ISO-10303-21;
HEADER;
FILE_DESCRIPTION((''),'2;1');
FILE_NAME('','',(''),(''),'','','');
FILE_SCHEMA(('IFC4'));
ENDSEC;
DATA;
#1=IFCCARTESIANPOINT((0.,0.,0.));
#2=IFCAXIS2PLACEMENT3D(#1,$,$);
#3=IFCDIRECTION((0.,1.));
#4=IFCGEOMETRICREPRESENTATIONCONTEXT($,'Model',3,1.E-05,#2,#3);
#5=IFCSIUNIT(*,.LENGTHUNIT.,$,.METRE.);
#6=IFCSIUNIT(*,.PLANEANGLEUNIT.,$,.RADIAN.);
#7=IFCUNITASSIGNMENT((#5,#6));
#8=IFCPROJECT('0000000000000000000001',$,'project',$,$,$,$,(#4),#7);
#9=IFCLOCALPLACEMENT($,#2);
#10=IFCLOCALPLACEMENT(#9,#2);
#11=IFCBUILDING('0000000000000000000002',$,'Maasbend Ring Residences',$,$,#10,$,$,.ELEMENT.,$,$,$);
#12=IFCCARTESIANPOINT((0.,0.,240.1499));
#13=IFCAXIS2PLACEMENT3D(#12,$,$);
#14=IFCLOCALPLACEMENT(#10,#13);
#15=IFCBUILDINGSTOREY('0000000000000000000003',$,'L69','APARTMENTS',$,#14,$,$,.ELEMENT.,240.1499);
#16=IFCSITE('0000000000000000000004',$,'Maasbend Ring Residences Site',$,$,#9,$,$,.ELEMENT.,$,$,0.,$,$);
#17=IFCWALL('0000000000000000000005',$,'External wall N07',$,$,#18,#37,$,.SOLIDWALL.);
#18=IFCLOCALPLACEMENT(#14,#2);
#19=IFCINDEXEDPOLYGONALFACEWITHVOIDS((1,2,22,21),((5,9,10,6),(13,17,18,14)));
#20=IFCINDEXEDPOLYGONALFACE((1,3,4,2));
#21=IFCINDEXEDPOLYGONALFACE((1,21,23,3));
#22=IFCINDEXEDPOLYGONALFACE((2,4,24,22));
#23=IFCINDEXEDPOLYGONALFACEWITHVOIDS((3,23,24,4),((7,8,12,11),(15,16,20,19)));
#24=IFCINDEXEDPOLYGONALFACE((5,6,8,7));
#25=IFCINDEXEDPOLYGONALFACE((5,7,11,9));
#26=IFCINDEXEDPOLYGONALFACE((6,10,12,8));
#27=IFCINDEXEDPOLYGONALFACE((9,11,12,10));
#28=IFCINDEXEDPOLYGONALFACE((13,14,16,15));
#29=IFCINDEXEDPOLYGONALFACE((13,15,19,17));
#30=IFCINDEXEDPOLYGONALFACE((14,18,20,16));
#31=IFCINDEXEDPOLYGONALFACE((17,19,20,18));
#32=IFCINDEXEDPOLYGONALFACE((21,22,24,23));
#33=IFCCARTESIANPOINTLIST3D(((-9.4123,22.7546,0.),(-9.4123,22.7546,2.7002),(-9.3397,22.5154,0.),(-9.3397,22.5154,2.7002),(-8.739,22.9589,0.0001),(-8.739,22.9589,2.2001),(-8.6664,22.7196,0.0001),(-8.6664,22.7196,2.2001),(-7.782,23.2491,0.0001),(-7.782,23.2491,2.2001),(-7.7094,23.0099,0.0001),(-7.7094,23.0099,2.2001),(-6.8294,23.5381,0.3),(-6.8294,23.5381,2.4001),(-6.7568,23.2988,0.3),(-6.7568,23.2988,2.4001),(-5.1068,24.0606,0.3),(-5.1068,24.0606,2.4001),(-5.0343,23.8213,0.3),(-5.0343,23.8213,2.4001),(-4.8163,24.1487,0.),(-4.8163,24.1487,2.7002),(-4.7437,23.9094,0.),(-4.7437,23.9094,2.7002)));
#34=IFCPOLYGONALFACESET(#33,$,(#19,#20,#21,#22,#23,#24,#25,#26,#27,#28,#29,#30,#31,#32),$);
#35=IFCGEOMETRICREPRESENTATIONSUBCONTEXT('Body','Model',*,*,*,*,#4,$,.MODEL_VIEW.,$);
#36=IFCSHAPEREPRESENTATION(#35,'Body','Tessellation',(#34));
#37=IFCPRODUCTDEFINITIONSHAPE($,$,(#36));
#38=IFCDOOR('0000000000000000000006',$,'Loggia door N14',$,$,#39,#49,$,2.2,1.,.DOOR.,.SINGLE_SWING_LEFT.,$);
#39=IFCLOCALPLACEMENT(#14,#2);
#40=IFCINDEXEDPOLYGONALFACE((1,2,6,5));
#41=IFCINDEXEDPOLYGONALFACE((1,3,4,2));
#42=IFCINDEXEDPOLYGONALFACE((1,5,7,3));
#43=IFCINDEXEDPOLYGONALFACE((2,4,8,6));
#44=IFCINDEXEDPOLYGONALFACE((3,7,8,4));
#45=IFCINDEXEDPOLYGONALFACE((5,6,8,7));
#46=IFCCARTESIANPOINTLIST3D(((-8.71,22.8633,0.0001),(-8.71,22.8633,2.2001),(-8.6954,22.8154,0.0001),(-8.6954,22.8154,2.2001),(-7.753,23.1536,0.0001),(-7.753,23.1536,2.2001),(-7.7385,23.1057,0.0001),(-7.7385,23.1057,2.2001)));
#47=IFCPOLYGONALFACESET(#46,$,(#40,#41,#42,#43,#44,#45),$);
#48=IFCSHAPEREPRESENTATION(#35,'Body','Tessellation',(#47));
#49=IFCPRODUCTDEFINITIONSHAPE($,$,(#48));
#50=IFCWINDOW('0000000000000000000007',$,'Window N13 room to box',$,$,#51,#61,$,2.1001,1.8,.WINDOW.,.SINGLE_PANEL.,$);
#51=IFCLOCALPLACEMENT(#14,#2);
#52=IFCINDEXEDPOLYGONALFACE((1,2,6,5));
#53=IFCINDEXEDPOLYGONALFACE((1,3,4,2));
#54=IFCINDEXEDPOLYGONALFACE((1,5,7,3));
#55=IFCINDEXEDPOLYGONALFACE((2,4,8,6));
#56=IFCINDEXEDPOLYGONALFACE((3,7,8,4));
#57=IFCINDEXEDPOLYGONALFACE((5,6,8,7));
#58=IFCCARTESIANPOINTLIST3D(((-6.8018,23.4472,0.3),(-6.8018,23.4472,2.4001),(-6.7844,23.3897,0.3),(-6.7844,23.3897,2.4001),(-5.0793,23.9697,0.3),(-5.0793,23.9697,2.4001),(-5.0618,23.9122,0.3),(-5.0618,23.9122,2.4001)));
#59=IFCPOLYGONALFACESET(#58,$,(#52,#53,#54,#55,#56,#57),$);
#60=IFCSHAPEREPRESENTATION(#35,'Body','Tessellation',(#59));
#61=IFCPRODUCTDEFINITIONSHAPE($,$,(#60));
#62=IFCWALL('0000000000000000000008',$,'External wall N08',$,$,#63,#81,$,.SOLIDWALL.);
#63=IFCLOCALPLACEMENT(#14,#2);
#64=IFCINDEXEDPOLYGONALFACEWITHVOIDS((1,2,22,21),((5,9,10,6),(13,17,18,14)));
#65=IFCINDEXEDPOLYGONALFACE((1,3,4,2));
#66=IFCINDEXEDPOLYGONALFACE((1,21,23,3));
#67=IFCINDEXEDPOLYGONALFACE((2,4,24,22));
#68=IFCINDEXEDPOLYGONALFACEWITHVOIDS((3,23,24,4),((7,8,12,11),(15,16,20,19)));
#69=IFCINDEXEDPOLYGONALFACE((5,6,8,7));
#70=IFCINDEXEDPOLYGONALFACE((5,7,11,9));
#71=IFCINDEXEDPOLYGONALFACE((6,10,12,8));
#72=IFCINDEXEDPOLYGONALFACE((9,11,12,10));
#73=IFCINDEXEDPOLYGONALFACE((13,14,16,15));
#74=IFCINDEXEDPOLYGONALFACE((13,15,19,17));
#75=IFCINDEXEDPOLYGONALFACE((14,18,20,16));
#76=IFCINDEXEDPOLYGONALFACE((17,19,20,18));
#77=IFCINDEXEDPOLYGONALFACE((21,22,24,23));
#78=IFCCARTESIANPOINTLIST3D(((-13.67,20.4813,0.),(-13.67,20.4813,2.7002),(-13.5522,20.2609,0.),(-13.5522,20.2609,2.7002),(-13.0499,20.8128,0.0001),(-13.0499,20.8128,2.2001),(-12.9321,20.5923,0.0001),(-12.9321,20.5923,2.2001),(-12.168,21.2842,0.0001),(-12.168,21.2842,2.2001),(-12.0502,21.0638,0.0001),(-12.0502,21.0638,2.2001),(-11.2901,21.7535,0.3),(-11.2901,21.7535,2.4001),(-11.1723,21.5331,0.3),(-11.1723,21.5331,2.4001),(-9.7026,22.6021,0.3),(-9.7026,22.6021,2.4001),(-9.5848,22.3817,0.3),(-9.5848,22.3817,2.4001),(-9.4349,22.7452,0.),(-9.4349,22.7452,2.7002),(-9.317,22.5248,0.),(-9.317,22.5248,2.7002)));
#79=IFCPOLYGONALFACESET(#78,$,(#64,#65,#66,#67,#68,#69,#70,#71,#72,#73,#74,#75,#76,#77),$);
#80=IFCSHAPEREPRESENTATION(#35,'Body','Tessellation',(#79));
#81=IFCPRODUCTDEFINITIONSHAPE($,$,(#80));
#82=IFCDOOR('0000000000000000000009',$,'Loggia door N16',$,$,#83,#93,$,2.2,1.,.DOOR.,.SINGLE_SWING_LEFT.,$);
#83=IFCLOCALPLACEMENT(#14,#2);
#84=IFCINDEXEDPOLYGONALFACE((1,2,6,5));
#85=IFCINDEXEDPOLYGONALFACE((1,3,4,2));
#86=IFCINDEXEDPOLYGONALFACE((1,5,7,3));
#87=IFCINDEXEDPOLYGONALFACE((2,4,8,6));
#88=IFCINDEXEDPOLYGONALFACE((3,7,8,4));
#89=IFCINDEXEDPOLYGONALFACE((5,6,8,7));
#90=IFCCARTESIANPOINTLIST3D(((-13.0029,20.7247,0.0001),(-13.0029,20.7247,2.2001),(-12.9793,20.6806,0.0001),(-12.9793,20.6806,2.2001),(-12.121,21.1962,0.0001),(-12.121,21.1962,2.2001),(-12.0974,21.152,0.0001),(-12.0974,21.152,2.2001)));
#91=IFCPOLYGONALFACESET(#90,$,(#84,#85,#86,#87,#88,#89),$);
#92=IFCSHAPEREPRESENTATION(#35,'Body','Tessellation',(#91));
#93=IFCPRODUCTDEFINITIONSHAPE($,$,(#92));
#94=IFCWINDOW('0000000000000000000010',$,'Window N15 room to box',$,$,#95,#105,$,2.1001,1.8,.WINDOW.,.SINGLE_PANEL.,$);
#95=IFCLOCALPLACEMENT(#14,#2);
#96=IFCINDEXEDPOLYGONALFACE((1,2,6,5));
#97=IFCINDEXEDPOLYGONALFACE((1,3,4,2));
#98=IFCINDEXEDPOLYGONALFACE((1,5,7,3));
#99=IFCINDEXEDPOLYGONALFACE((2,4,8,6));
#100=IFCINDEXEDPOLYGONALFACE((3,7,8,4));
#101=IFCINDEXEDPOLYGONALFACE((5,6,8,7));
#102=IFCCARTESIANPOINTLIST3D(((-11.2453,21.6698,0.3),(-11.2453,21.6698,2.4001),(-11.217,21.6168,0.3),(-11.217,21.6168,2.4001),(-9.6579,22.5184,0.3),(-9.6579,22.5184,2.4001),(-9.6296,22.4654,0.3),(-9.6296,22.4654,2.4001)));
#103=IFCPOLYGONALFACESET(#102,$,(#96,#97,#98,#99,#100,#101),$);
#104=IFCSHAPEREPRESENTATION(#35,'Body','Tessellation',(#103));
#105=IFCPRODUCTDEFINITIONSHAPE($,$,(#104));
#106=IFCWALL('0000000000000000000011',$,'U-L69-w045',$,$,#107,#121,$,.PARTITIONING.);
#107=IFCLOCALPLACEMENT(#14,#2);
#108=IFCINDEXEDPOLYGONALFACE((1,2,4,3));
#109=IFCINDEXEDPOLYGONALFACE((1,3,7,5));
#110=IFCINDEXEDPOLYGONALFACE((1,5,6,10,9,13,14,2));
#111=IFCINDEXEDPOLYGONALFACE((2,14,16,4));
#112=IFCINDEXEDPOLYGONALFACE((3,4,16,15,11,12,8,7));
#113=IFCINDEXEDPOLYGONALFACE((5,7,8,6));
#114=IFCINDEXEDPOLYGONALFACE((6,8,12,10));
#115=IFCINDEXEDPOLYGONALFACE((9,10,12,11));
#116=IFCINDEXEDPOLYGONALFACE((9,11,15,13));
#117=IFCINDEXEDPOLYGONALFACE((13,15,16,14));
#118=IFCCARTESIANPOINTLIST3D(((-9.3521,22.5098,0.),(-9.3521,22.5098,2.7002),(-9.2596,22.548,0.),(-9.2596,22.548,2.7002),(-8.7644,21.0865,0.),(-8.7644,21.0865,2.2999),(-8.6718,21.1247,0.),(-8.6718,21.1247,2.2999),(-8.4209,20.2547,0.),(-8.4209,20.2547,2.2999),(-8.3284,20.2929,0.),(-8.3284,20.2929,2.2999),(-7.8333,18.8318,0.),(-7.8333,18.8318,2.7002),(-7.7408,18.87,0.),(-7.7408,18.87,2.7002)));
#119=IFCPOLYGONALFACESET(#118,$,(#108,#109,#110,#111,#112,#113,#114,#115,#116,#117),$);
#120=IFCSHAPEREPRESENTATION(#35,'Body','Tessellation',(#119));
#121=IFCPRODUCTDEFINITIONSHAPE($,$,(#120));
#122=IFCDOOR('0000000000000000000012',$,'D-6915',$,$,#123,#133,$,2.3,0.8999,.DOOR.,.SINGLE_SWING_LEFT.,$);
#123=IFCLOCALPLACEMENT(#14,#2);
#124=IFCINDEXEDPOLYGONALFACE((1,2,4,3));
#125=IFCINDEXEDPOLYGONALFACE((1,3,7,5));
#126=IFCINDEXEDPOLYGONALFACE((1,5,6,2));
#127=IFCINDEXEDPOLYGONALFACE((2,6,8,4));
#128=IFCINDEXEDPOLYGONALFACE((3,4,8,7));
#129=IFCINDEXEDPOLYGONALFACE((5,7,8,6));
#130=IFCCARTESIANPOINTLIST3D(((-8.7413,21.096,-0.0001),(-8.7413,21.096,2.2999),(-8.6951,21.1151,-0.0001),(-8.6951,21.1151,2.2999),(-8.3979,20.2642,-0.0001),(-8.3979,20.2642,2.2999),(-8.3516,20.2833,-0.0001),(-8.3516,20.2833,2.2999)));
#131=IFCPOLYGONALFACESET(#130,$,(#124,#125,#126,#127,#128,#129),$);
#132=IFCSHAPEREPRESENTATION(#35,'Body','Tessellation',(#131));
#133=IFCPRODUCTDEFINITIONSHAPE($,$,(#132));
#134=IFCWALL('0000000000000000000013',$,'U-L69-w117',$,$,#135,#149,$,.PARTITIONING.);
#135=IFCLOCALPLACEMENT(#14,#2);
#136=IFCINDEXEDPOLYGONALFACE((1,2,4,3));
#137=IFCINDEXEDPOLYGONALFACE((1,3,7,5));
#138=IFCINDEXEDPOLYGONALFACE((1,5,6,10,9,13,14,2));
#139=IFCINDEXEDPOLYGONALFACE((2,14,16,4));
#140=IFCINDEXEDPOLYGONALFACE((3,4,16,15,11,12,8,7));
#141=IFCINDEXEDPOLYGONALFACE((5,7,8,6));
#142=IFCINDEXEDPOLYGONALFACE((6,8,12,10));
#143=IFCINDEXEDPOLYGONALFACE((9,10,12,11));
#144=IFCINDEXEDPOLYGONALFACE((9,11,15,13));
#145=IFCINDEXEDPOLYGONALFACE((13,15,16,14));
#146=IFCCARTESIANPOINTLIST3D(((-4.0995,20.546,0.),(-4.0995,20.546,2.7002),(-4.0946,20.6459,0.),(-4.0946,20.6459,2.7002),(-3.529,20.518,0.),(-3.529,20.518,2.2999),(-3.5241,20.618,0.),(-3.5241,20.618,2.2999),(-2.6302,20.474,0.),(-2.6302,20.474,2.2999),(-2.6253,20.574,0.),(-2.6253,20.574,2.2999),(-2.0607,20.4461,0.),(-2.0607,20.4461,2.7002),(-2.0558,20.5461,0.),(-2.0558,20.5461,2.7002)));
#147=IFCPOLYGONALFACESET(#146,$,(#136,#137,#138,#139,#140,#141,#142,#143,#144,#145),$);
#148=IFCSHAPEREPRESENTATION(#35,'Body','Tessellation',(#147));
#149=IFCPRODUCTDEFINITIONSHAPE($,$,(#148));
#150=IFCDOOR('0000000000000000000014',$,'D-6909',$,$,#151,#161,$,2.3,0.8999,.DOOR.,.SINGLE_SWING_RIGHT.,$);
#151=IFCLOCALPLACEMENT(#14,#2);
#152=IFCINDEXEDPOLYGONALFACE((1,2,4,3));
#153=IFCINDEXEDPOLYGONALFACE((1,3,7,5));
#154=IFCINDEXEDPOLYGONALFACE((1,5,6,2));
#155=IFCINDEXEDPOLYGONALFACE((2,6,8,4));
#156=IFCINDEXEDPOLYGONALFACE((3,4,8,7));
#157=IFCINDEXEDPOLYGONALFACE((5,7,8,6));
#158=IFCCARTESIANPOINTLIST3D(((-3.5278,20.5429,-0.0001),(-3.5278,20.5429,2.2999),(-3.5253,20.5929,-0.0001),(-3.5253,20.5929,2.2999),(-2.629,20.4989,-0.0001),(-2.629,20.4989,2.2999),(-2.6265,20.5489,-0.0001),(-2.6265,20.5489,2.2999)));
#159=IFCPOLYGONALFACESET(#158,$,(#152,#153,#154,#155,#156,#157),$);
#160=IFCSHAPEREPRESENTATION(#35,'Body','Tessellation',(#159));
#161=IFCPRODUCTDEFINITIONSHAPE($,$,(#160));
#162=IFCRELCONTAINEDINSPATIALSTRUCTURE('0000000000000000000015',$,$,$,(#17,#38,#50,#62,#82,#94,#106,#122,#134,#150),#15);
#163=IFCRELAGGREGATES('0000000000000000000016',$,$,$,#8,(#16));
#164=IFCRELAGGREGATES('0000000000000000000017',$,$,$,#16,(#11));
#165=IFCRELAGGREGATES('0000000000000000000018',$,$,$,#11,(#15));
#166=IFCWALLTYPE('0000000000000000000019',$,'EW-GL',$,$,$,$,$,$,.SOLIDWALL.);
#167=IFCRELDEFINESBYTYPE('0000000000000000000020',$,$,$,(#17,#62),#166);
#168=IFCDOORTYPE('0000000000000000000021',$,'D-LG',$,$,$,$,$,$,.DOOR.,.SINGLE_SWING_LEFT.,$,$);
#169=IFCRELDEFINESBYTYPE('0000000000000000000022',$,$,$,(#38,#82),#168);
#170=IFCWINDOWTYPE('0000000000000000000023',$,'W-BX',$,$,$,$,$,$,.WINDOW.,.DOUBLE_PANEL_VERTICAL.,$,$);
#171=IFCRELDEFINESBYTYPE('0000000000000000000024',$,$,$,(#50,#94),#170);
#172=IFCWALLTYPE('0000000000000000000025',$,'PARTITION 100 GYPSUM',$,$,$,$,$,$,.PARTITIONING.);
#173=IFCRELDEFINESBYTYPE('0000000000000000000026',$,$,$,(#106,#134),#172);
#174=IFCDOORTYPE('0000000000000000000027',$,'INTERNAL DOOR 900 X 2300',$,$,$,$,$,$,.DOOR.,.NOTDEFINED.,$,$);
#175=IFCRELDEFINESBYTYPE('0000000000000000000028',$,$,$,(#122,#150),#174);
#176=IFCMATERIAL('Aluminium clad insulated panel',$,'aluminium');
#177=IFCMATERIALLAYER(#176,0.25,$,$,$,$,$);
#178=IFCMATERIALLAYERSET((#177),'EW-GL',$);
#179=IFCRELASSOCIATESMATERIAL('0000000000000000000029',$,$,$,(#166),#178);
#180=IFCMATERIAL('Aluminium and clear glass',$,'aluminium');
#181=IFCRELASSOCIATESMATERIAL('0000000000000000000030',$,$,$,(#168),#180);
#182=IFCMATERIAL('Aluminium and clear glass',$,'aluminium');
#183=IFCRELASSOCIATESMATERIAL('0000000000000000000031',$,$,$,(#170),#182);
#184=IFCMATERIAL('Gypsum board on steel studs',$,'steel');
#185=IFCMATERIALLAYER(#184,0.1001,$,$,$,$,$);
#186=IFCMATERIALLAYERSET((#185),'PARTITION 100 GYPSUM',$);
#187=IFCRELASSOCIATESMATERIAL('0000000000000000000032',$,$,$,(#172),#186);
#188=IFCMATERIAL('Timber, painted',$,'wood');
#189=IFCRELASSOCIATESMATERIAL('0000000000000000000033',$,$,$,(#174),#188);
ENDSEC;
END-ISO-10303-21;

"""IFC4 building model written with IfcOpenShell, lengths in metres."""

from ifc_helpers import new_model, si_unit, direction, frame, frame_2d, origin, place, context, subcontext, project, spatial, rectangle, extrude, material, layer, layer_set, type_object, element, fill, save


model = new_model("IFC4")

# Units and contexts
model_context = context("Model", 3, precision=1e-05, world=origin(), true_north=direction((0.0, 1.0)))
body_context = subcontext(model_context, "Body", "Model", "MODEL_VIEW")
ifc_project = project(units=[si_unit("LENGTHUNIT", "METRE"), si_unit("PLANEANGLEUNIT", "RADIAN")], contexts=[model_context])

# Site, building, storey
site_placement = place(None, origin())
site = spatial("IfcSite", under=ifc_project, at=site_placement, Name="Maasbend Ring Residences Site", CompositionType="ELEMENT", RefElevation=0.0)
building_placement = place(site_placement, origin())
building = spatial("IfcBuilding", under=site, at=building_placement, Name="Maasbend Ring Residences", CompositionType="ELEMENT")
storey_placement = place(building_placement, frame((0.0, 0.0, 240.1499)))
storey = spatial("IfcBuildingStorey", under=building, at=storey_placement, Name="L69", Description="APARTMENTS", CompositionType="ELEMENT", Elevation=240.1499)

# Walls, openings, doors, windows
ifc_material_1 = material(Name="Aluminium clad insulated panel", Category="aluminium")
ifc_layer_1 = layer(ifc_material_1, 0.25)
ifc_layer_set_1 = layer_set([ifc_layer_1], Name="EW-GL")
wall_type_1 = type_object("IfcWallType", Name="EW-GL", PredefinedType="SOLIDWALL", material=ifc_layer_set_1)
wall_1_placement = place(storey_placement, frame((-4.78, 24.0291, 0.0), z_axis=(0.0, 0.0, 1.0), x_axis=(-0.956947, -0.290261, 0.0)))
wall_1 = element("IfcWall", 1, at=wall_1_placement, inside=storey, type_object=wall_type_1, Name="External wall N07", PredefinedType="SOLIDWALL", context=body_context, shape_type="SweptSolid", body=[
    extrude(rectangle(XDim=4.8027, YDim=0.25, at=frame_2d((2.4014, 0.0))), origin(), (0.0, 0.0, 1.0), 2.7002),
])
opening_1_placement = place(wall_1_placement, frame((0.3037, 0.0, 0.3)))
opening_1 = element("IfcOpeningElement", 2, at=opening_1_placement, cuts=wall_1, PredefinedType="OPENING", context=body_context, shape_type="SweptSolid", body=[
    extrude(rectangle(XDim=1.8, YDim=2.1001, at=frame_2d((0.8999, 1.05))), frame((0.0, 0.135, 0.0), z_axis=(0.0, -1.0, 0.0), x_axis=(1.0, 0.0, 0.0)), (0.0, 0.0, 1.0), 0.27),
])
opening_2_placement = place(wall_1_placement, frame((3.0991, 0.0, 0.0)))
opening_2 = element("IfcOpeningElement", 3, at=opening_2_placement, cuts=wall_1, PredefinedType="OPENING", context=body_context, shape_type="SweptSolid", body=[
    extrude(rectangle(XDim=1.0, YDim=2.2, at=frame_2d((0.5, 1.1001))), frame((0.0, 0.135, 0.0), z_axis=(0.0, -1.0, 0.0), x_axis=(1.0, 0.0, 0.0)), (0.0, 0.0, 1.0), 0.27),
])
ifc_material_2 = material(Name="Aluminium and clear glass", Category="aluminium")
door_type_1 = type_object("IfcDoorType", Name="D-LG", OperationType="SINGLE_SWING_LEFT", PredefinedType="DOOR", material=ifc_material_2)
door_1_placement = place(opening_2_placement, origin())
door_1 = element("IfcDoor", 4, at=door_1_placement, inside=storey, type_object=door_type_1, Name="Loggia door N14", OperationType="SINGLE_SWING_LEFT", OverallHeight=2.2, OverallWidth=1.0, PredefinedType="DOOR", context=body_context, shape_type="SweptSolid", body=[
    extrude(rectangle(XDim=1.0, YDim=2.2, at=frame_2d((0.5, 1.1001))), frame((0.0, 0.0249, 0.0), z_axis=(0.0, -1.0, 0.0), x_axis=(1.0, 0.0, 0.0)), (0.0, 0.0, 1.0), 0.05),
])
fill(opening_2, door_1)
ifc_material_3 = material(Name="Aluminium and clear glass", Category="aluminium")
window_type_1 = type_object("IfcWindowType", Name="W-BX", PartitioningType="DOUBLE_PANEL_VERTICAL", PredefinedType="WINDOW", material=ifc_material_3)
window_1_placement = place(opening_1_placement, origin())
window_1 = element("IfcWindow", 5, at=window_1_placement, inside=storey, type_object=window_type_1, Name="Window N13 room to box", OverallHeight=2.1001, OverallWidth=1.8, PartitioningType="SINGLE_PANEL", PredefinedType="WINDOW", context=body_context, shape_type="SweptSolid", body=[
    extrude(rectangle(XDim=1.8, YDim=2.1001, at=frame_2d((0.8999, 1.05))), frame((0.0, 0.03, 0.0), z_axis=(0.0, -1.0, 0.0), x_axis=(1.0, 0.0, 0.0)), (0.0, 0.0, 1.0), 0.0601),
])
fill(opening_1, window_1)
wall_2_placement = place(storey_placement, frame((-9.376, 22.635, 0.0), z_axis=(0.0, 0.0, 1.0), x_axis=(-0.881904, -0.47143, 0.0)))
wall_2 = element("IfcWall", 6, at=wall_2_placement, inside=storey, type_object=wall_type_1, Name="External wall N08", PredefinedType="SOLIDWALL", context=body_context, shape_type="SweptSolid", body=[
    extrude(rectangle(XDim=4.8022, YDim=0.25, at=frame_2d((2.4011, 0.0))), origin(), (0.0, 0.0, 1.0), 2.7002),
])
opening_3_placement = place(wall_2_placement, frame((0.3037, 0.0, 0.3)))
opening_3 = element("IfcOpeningElement", 7, at=opening_3_placement, cuts=wall_2, PredefinedType="OPENING", context=body_context, shape_type="SweptSolid", body=[
    extrude(rectangle(XDim=1.8, YDim=2.1001, at=frame_2d((0.8999, 1.05))), frame((0.0, 0.135, 0.0), z_axis=(0.0, -1.0, 0.0), x_axis=(1.0, 0.0, 0.0)), (0.0, 0.0, 1.0), 0.27),
])
opening_4_placement = place(wall_2_placement, frame((3.0991, 0.0, 0.0)))
opening_4 = element("IfcOpeningElement", 8, at=opening_4_placement, cuts=wall_2, PredefinedType="OPENING", context=body_context, shape_type="SweptSolid", body=[
    extrude(rectangle(XDim=1.0, YDim=2.2, at=frame_2d((0.5, 1.1001))), frame((0.0, 0.135, 0.0), z_axis=(0.0, -1.0, 0.0), x_axis=(1.0, 0.0, 0.0)), (0.0, 0.0, 1.0), 0.27),
])
door_2_placement = place(opening_4_placement, origin())
door_2 = element("IfcDoor", 9, at=door_2_placement, inside=storey, type_object=door_type_1, Name="Loggia door N16", OperationType="SINGLE_SWING_LEFT", OverallHeight=2.2, OverallWidth=1.0, PredefinedType="DOOR", context=body_context, shape_type="SweptSolid", body=[
    extrude(rectangle(XDim=1.0, YDim=2.2, at=frame_2d((0.5, 1.1001))), frame((0.0, 0.0249, 0.0), z_axis=(0.0, -1.0, 0.0), x_axis=(1.0, 0.0, 0.0)), (0.0, 0.0, 1.0), 0.05),
])
fill(opening_4, door_2)
window_2_placement = place(opening_3_placement, origin())
window_2 = element("IfcWindow", 10, at=window_2_placement, inside=storey, type_object=window_type_1, Name="Window N15 room to box", OverallHeight=2.1001, OverallWidth=1.8, PartitioningType="SINGLE_PANEL", PredefinedType="WINDOW", context=body_context, shape_type="SweptSolid", body=[
    extrude(rectangle(XDim=1.8, YDim=2.1001, at=frame_2d((0.8999, 1.05))), frame((0.0, 0.03, 0.0), z_axis=(0.0, -1.0, 0.0), x_axis=(1.0, 0.0, 0.0)), (0.0, 0.0, 1.0), 0.0601),
])
fill(opening_3, window_2)

# Walls, openings, doors
ifc_material_4 = material(Name="Gypsum board on steel studs", Category="steel")
ifc_layer_2 = layer(ifc_material_4, 0.1001)
ifc_layer_set_2 = layer_set([ifc_layer_2], Name="PARTITION 100 GYPSUM")
wall_type_2 = type_object("IfcWallType", Name="PARTITION 100 GYPSUM", PredefinedType="PARTITIONING", material=ifc_layer_set_2)
wall_3_placement = place(storey_placement, frame((-9.3059, 22.5291, 0.0), z_axis=(0.0, 0.0, 1.0), x_axis=(0.381682, -0.924294, 0.0)))
wall_3 = element("IfcWall", 11, at=wall_3_placement, inside=storey, type_object=wall_type_2, Name="U-L69-w045", PredefinedType="PARTITIONING", context=body_context, shape_type="SweptSolid", body=[
    extrude(rectangle(XDim=3.9792, YDim=0.1001, at=frame_2d((1.9897, 0.0))), origin(), (0.0, 0.0, 1.0), 2.7002),
])
opening_5_placement = place(wall_3_placement, frame((1.54, 0.0, 0.0)))
opening_5 = element("IfcOpeningElement", 12, at=opening_5_placement, cuts=wall_3, PredefinedType="OPENING", context=body_context, shape_type="SweptSolid", body=[
    extrude(rectangle(XDim=0.8999, YDim=2.3, at=frame_2d((0.45, 1.1499))), frame((0.0, 0.0601, 0.0), z_axis=(0.0, -1.0, 0.0), x_axis=(1.0, 0.0, 0.0)), (0.0, 0.0, 1.0), 0.1201),
])
ifc_material_5 = material(Name="Timber, painted", Category="wood")
door_type_2 = type_object("IfcDoorType", Name="INTERNAL DOOR 900 X 2300", OperationType="NOTDEFINED", PredefinedType="DOOR", material=ifc_material_5)
door_3_placement = place(opening_5_placement, origin())
door_3 = element("IfcDoor", 13, at=door_3_placement, inside=storey, type_object=door_type_2, Name="D-6915", OperationType="SINGLE_SWING_LEFT", OverallHeight=2.3, OverallWidth=0.8999, PredefinedType="DOOR", context=body_context, shape_type="SweptSolid", body=[
    extrude(rectangle(XDim=0.8999, YDim=2.3, at=frame_2d((0.45, 1.1499))), frame((0.0, 0.0249, 0.0), z_axis=(0.0, -1.0, 0.0), x_axis=(1.0, 0.0, 0.0)), (0.0, 0.0, 1.0), 0.05),
])
fill(opening_5, door_3)
wall_4_placement = place(storey_placement, frame((-4.0969, 20.5959, 0.0), z_axis=(0.0, 0.0, 1.0), x_axis=(0.998803, -0.048918, 0.0)))
wall_4 = element("IfcWall", 14, at=wall_4_placement, inside=storey, type_object=wall_type_2, Name="U-L69-w117", PredefinedType="PARTITIONING", context=body_context, shape_type="SweptSolid", body=[
    extrude(rectangle(XDim=2.0413, YDim=0.1001, at=frame_2d((1.0205, 0.0))), origin(), (0.0, 0.0, 1.0), 2.7002),
])
opening_6_placement = place(wall_4_placement, frame((0.571, 0.0, 0.0)))
opening_6 = element("IfcOpeningElement", 15, at=opening_6_placement, cuts=wall_4, PredefinedType="OPENING", context=body_context, shape_type="SweptSolid", body=[
    extrude(rectangle(XDim=0.8999, YDim=2.3, at=frame_2d((0.45, 1.1499))), frame((0.0, 0.0601, 0.0), z_axis=(0.0, -1.0, 0.0), x_axis=(1.0, 0.0, 0.0)), (0.0, 0.0, 1.0), 0.1201),
])
door_4_placement = place(opening_6_placement, origin())
door_4 = element("IfcDoor", 16, at=door_4_placement, inside=storey, type_object=door_type_2, Name="D-6909", OperationType="SINGLE_SWING_RIGHT", OverallHeight=2.3, OverallWidth=0.8999, PredefinedType="DOOR", context=body_context, shape_type="SweptSolid", body=[
    extrude(rectangle(XDim=0.8999, YDim=2.3, at=frame_2d((0.45, 1.1499))), frame((0.0, 0.0249, 0.0), z_axis=(0.0, -1.0, 0.0), x_axis=(1.0, 0.0, 0.0)), (0.0, 0.0, 1.0), 0.05),
])
fill(opening_6, door_4)

save(model, "model.ifc")
